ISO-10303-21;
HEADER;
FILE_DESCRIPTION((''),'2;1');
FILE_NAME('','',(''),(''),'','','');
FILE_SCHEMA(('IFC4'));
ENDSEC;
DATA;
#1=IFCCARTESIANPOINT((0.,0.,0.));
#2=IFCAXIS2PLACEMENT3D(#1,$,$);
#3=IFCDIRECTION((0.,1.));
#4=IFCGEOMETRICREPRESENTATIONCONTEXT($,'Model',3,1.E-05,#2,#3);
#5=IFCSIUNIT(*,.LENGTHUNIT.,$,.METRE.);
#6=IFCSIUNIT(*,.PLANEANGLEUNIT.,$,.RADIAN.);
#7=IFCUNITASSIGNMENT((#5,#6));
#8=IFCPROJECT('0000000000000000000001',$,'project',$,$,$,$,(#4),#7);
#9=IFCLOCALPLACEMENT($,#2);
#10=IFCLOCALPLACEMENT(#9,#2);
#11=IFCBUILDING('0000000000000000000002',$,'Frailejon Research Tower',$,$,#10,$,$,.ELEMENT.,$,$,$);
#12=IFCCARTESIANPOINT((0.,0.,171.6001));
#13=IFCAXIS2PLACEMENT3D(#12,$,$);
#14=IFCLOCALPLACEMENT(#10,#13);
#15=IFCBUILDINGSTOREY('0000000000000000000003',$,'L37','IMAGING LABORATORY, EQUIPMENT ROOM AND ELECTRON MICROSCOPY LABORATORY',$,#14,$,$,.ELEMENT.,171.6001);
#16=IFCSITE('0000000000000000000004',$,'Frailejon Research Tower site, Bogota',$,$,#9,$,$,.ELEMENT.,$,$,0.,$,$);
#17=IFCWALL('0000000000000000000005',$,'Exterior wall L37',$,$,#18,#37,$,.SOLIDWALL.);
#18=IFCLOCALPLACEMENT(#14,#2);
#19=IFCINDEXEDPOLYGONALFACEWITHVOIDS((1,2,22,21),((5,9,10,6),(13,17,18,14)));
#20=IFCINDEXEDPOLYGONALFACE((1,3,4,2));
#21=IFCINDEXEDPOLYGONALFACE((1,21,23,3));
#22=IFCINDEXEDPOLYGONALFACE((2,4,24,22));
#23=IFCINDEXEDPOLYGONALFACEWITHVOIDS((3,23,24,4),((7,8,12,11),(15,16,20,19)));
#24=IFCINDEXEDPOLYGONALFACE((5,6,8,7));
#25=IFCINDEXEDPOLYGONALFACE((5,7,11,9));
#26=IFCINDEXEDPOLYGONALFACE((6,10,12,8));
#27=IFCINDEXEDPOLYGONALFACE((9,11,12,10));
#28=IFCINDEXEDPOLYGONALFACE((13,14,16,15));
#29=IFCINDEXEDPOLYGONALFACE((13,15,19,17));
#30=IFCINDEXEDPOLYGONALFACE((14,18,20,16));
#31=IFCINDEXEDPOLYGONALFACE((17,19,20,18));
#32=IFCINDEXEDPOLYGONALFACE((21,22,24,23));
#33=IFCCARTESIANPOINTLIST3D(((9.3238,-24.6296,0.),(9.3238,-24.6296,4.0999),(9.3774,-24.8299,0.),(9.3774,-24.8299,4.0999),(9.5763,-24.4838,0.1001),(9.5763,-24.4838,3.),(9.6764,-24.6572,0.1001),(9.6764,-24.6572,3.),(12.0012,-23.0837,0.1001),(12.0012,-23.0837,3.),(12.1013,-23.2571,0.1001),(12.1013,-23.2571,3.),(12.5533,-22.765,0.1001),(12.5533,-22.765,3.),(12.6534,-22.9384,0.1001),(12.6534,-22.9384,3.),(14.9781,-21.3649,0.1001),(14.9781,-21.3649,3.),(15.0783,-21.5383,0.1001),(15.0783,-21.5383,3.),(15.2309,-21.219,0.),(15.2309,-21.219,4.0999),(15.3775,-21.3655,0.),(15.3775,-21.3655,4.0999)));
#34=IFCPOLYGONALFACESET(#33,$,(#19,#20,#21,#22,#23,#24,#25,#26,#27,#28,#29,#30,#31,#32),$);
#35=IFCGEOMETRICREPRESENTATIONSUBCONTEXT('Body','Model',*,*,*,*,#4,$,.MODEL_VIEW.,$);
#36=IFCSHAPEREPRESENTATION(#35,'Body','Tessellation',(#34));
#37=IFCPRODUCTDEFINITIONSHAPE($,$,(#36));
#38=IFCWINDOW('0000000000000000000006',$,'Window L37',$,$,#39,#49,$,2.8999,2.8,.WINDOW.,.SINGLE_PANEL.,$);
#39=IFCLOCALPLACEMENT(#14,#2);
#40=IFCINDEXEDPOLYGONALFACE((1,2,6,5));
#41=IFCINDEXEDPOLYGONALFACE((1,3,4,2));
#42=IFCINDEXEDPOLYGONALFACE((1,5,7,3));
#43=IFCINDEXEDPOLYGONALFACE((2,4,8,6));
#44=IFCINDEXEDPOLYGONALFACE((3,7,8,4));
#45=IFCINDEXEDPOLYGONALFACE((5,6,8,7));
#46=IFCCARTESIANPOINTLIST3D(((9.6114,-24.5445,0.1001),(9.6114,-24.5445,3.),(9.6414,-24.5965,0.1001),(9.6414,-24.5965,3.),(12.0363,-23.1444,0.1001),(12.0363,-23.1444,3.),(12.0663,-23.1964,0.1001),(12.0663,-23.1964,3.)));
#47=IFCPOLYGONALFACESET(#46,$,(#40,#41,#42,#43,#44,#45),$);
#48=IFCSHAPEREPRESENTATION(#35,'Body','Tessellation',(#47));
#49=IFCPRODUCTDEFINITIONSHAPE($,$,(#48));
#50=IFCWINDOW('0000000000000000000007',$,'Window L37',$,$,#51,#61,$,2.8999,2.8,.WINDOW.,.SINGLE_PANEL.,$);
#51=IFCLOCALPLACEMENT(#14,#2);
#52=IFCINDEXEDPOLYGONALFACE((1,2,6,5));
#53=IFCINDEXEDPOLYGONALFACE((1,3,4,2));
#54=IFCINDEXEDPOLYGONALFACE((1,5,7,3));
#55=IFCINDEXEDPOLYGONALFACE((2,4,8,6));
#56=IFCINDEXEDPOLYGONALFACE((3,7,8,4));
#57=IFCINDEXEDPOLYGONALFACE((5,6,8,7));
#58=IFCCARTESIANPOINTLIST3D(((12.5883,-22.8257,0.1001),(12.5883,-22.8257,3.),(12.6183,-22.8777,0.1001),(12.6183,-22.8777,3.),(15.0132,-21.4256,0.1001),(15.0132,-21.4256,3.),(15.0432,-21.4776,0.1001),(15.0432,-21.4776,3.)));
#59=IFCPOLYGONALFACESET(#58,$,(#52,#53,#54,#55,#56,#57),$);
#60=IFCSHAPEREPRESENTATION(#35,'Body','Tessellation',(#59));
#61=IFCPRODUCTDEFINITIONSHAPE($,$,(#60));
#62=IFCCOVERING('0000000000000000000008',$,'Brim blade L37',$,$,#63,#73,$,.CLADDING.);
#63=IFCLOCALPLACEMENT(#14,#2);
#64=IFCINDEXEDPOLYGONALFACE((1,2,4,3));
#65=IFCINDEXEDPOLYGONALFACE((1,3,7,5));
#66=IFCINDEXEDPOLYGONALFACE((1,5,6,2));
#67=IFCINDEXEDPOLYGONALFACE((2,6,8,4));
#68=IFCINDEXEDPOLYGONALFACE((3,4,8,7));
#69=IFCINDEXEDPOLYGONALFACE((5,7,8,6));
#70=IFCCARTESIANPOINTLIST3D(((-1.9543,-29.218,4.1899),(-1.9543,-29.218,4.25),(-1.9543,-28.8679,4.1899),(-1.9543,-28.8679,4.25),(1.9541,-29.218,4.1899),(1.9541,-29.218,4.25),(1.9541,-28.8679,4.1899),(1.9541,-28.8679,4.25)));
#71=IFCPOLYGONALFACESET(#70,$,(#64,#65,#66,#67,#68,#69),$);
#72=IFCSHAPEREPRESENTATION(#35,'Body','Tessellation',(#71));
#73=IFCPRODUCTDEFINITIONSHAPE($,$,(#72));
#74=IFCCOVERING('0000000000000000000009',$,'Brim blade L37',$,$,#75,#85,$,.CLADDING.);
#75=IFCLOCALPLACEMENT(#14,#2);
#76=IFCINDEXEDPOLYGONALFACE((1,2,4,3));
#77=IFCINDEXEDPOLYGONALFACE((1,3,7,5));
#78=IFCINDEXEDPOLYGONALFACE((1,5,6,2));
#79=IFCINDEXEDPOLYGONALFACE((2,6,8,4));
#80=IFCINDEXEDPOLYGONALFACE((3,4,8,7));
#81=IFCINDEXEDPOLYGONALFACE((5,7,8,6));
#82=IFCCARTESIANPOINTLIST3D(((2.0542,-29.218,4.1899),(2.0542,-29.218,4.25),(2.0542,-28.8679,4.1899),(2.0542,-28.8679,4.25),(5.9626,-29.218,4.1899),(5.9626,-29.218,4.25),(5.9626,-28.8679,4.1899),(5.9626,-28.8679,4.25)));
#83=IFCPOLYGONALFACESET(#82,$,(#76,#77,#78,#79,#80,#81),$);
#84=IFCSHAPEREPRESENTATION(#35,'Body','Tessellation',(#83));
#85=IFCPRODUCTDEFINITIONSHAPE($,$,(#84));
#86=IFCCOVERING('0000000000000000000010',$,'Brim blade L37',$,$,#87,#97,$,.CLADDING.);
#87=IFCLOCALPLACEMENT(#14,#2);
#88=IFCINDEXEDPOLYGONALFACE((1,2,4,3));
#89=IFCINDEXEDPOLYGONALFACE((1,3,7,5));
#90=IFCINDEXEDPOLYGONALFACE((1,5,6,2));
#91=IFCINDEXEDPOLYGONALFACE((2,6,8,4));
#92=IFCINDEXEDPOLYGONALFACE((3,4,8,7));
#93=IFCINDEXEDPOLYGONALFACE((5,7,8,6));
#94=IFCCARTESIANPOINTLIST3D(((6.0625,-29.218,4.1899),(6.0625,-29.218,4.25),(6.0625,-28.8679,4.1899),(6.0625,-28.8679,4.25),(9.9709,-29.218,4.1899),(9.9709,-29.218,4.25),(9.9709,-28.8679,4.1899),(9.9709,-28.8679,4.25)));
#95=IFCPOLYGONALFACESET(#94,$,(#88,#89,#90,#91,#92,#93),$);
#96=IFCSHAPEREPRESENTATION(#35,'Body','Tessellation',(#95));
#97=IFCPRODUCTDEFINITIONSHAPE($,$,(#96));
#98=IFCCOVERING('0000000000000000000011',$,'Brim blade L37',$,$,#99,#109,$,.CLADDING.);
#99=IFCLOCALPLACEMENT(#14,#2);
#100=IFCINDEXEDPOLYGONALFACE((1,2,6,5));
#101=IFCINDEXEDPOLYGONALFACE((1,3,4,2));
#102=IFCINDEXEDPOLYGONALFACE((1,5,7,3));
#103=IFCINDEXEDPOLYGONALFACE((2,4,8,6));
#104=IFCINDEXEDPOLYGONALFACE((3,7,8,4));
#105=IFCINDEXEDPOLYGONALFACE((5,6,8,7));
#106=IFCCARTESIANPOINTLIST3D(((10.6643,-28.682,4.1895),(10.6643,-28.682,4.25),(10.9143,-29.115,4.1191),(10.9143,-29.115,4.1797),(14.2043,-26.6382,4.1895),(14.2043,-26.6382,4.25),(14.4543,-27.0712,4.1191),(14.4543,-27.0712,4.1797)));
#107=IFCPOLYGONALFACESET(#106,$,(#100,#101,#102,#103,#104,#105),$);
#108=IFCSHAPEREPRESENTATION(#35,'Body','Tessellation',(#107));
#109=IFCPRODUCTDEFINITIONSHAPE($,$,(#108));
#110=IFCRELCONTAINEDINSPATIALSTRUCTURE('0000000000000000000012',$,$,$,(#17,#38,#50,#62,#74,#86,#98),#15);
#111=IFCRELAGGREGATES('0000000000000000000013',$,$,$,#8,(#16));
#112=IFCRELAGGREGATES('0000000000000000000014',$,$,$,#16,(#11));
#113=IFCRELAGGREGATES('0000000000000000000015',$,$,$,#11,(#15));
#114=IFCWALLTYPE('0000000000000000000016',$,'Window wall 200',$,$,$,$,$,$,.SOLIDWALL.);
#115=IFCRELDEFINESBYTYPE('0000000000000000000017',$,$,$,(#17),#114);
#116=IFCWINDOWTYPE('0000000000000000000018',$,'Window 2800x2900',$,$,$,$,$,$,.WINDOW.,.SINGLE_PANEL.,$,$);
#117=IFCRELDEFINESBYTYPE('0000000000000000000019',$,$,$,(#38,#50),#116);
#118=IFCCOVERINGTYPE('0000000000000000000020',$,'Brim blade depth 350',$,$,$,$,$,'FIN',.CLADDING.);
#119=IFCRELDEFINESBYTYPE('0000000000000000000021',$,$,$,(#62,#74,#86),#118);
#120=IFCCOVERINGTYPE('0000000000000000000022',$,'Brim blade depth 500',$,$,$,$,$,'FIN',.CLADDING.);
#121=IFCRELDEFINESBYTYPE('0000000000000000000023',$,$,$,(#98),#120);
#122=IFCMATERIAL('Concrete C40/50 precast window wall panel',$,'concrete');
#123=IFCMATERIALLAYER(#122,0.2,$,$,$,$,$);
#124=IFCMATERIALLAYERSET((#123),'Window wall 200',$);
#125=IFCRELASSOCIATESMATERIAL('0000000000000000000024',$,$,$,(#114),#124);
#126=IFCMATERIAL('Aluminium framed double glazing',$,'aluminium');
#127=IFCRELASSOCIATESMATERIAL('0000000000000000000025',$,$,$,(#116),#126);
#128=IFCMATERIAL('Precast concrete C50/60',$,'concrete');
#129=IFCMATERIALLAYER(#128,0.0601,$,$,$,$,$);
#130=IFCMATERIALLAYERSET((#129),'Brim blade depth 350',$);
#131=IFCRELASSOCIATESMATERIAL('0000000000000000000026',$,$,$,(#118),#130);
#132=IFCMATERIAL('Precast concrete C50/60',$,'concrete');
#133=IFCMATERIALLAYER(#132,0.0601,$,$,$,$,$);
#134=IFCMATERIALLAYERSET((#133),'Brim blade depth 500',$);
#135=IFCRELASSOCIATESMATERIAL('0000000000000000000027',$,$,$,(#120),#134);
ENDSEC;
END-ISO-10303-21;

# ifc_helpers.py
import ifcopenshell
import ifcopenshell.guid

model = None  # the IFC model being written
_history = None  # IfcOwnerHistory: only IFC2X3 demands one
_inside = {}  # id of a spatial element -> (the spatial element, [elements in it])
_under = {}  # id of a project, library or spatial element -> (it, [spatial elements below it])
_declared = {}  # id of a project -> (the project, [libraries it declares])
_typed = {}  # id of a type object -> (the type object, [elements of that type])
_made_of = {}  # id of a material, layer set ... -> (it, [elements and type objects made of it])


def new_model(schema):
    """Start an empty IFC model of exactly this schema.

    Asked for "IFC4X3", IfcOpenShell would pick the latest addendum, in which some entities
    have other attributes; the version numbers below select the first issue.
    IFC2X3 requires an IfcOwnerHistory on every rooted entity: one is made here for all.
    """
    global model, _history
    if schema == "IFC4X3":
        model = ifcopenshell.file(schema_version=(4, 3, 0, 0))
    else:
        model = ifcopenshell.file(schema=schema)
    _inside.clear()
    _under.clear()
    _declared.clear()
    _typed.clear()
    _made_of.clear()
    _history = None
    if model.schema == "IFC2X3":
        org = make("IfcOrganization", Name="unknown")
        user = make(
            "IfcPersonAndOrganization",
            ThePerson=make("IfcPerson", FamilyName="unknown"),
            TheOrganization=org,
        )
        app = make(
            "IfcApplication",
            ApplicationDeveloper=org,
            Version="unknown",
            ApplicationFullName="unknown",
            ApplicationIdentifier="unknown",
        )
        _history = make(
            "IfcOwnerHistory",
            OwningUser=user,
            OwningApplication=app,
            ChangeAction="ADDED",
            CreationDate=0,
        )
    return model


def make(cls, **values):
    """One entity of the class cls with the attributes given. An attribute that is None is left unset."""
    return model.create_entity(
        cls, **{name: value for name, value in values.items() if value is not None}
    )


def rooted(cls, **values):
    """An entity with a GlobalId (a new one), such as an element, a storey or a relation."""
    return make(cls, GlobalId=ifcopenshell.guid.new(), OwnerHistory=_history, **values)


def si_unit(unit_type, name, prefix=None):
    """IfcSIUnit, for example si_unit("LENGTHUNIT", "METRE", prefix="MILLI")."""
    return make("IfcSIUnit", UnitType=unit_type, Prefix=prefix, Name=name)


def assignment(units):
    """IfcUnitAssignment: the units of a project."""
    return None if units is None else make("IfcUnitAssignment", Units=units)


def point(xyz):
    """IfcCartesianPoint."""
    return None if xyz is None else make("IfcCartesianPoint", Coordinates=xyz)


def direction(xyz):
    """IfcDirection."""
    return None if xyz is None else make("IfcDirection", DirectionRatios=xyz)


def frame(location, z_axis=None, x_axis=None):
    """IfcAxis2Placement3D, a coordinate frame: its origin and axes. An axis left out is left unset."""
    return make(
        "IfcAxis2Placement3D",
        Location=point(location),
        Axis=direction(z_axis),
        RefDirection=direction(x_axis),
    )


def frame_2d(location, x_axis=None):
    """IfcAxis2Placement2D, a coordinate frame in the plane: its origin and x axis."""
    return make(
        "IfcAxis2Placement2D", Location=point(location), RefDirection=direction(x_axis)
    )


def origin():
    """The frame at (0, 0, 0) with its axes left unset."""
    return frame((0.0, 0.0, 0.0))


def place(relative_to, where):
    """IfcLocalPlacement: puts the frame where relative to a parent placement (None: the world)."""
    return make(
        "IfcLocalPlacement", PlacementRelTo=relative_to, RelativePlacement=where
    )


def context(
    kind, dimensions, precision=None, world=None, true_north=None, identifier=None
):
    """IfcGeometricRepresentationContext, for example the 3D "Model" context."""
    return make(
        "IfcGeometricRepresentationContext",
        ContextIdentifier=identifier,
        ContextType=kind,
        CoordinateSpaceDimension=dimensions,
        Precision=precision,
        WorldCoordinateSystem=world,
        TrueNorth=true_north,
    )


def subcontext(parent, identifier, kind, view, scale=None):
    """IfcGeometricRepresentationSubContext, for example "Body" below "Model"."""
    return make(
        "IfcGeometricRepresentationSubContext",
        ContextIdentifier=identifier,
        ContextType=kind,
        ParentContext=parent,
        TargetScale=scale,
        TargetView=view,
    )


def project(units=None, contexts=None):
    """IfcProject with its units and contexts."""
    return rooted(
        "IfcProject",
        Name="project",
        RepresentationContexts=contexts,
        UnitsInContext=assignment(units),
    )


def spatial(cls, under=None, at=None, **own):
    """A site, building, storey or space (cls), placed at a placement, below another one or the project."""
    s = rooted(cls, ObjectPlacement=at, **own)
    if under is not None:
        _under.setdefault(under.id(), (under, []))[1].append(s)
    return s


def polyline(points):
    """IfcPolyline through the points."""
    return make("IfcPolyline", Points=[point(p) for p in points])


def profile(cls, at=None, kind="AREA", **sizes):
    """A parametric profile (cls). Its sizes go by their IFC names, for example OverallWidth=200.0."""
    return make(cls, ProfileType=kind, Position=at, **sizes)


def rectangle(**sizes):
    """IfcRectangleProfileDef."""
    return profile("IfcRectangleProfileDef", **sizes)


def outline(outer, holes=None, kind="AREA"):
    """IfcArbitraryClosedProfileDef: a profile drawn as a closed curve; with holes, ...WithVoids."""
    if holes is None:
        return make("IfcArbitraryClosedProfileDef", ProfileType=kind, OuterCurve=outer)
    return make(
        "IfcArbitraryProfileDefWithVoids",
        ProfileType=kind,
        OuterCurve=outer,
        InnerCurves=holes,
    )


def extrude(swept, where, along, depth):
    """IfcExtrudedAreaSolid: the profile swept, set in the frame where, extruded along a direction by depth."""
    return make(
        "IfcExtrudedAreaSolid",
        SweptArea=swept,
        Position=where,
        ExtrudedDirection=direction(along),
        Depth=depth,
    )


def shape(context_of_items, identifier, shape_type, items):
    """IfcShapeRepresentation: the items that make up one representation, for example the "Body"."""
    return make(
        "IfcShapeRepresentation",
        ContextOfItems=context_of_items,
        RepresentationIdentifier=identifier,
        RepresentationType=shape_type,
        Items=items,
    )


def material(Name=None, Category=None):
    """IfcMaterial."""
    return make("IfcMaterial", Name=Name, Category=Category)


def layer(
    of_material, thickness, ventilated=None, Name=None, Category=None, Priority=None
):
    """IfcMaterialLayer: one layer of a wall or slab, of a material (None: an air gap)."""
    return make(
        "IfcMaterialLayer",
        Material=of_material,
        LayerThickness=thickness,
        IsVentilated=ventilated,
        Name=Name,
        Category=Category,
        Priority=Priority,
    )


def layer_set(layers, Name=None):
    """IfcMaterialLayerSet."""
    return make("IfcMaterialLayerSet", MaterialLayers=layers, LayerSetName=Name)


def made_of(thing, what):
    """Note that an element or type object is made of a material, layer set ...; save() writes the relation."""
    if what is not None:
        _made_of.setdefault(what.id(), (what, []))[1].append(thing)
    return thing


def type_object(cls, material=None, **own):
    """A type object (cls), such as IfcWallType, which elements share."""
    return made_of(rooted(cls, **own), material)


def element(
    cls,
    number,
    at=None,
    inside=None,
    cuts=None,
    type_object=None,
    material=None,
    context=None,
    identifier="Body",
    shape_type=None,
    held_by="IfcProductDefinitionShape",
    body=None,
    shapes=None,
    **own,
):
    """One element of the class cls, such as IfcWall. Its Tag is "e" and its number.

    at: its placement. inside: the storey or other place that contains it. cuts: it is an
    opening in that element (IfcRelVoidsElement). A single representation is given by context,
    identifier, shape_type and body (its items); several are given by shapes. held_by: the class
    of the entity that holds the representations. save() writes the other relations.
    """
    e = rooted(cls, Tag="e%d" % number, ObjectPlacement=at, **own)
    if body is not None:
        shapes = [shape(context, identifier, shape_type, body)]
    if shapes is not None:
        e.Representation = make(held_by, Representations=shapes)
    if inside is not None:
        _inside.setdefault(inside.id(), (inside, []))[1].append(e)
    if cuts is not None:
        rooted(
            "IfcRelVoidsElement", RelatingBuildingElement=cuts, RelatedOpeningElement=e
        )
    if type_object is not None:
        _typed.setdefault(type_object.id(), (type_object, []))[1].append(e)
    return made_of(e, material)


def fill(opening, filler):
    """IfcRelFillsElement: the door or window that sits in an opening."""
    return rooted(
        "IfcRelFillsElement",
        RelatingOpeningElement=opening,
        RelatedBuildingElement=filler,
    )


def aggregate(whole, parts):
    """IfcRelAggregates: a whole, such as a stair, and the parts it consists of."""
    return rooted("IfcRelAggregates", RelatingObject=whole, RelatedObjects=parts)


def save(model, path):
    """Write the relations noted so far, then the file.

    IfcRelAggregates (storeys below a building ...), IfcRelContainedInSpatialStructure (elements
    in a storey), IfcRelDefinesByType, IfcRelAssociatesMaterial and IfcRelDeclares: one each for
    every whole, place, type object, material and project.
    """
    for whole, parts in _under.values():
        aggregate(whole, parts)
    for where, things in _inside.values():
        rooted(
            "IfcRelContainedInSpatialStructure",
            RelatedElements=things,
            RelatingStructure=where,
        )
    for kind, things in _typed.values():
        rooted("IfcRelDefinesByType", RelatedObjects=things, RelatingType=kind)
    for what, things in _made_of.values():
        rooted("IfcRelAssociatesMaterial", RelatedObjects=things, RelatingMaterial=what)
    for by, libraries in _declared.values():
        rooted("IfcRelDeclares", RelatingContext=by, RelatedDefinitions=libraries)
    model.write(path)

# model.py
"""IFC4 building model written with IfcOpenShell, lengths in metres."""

from ifc_helpers import new_model, si_unit, direction, frame, frame_2d, origin, place, context, subcontext, project, spatial, polyline, rectangle, outline, extrude, material, layer, layer_set, type_object, element, fill, save


model = new_model("IFC4")

# Units and contexts
model_context = context("Model", 3, precision=1e-05, world=origin(), true_north=direction((0.0, 1.0)))
body_context = subcontext(model_context, "Body", "Model", "MODEL_VIEW")
ifc_project = project(units=[si_unit("LENGTHUNIT", "METRE"), si_unit("PLANEANGLEUNIT", "RADIAN")], contexts=[model_context])

# Site, building, storey
site_placement = place(None, origin())
site = spatial("IfcSite", under=ifc_project, at=site_placement, Name="Frailejon Research Tower site, Bogota", CompositionType="ELEMENT", RefElevation=0.0)
building_placement = place(site_placement, origin())
building = spatial("IfcBuilding", under=site, at=building_placement, Name="Frailejon Research Tower", CompositionType="ELEMENT")
storey_placement = place(building_placement, frame((0.0, 0.0, 171.6001)))
storey = spatial("IfcBuildingStorey", under=building, at=storey_placement, Name="L37", Description="IMAGING LABORATORY, EQUIPMENT ROOM AND ELECTRON MICROSCOPY LABORATORY", CompositionType="ELEMENT", Elevation=171.6001)

# Wall, openings, windows
ifc_material_1 = material(Name="Concrete C40/50 precast window wall panel", Category="concrete")
ifc_layer_1 = layer(ifc_material_1, 0.2)
ifc_layer_set_1 = layer_set([ifc_layer_1], Name="Window wall 200")
wall_type_1 = type_object("IfcWallType", Name="Window wall 200", PredefinedType="SOLIDWALL", material=ifc_layer_set_1)
wall_1_placement = place(storey_placement, frame((9.3506, -24.7297, 0.0), z_axis=(0.0, 0.0, 1.0), x_axis=(0.866014, 0.50002, 0.0)))
wall_1 = element("IfcWall", 1, at=wall_1_placement, inside=storey, type_object=wall_type_1, Name="Exterior wall L37", PredefinedType="SOLIDWALL", context=body_context, shape_type="SweptSolid", body=[
    extrude(outline(polyline([(-0.0269, -0.1001), (1.1279, -0.1001), (2.2827, -0.1001), (3.4375, -0.1001), (4.592, -0.1001), (5.7468, -0.1001), (6.9016, -0.1001), (6.8479, 0.1001), (5.7109, 0.1001), (4.5742, 0.1001), (3.4375, 0.1001), (2.3005, 0.1001), (1.1636, 0.1001), (0.0269, 0.1001), (-0.0269, -0.1001)])), origin(), (0.0, 0.0, 1.0), 4.0999),
])
opening_1_placement = place(wall_1_placement, frame((0.3186, 0.0, 0.1001)))
opening_1 = element("IfcOpeningElement", 2, at=opening_1_placement, cuts=wall_1, PredefinedType="OPENING", context=body_context, shape_type="SweptSolid", body=[
    extrude(rectangle(XDim=2.8, YDim=2.8999, at=frame_2d((1.3999, 1.45))), frame((0.0, 0.1099, 0.0), z_axis=(0.0, -1.0, 0.0), x_axis=(1.0, 0.0, 0.0)), (0.0, 0.0, 1.0), 0.22),
])
opening_2_placement = place(wall_1_placement, frame((3.7561, 0.0, 0.1001)))
opening_2 = element("IfcOpeningElement", 3, at=opening_2_placement, cuts=wall_1, PredefinedType="OPENING", context=body_context, shape_type="SweptSolid", body=[
    extrude(rectangle(XDim=2.8, YDim=2.8999, at=frame_2d((1.3999, 1.45))), frame((0.0, 0.1099, 0.0), z_axis=(0.0, -1.0, 0.0), x_axis=(1.0, 0.0, 0.0)), (0.0, 0.0, 1.0), 0.22),
])
ifc_material_2 = material(Name="Aluminium framed double glazing", Category="aluminium")
window_type = type_object("IfcWindowType", Name="Window 2800x2900", PartitioningType="SINGLE_PANEL", PredefinedType="WINDOW", material=ifc_material_2)
window_1_placement = place(opening_1_placement, origin())
window_1 = element("IfcWindow", 4, at=window_1_placement, inside=storey, type_object=window_type, Name="Window L37", OverallHeight=2.8999, OverallWidth=2.8, PartitioningType="SINGLE_PANEL", PredefinedType="WINDOW", context=body_context, shape_type="SweptSolid", body=[
    extrude(rectangle(XDim=2.8, YDim=2.8999, at=frame_2d((1.3999, 1.45))), frame((0.0, 0.03, 0.0), z_axis=(0.0, -1.0, 0.0), x_axis=(1.0, 0.0, 0.0)), (0.0, 0.0, 1.0), 0.0601),
])
fill(opening_1, window_1)
window_2_placement = place(opening_2_placement, origin())
window_2 = element("IfcWindow", 5, at=window_2_placement, inside=storey, type_object=window_type, Name="Window L37", OverallHeight=2.8999, OverallWidth=2.8, PartitioningType="SINGLE_PANEL", PredefinedType="WINDOW", context=body_context, shape_type="SweptSolid", body=[
    extrude(rectangle(XDim=2.8, YDim=2.8999, at=frame_2d((1.3999, 1.45))), frame((0.0, 0.03, 0.0), z_axis=(0.0, -1.0, 0.0), x_axis=(1.0, 0.0, 0.0)), (0.0, 0.0, 1.0), 0.0601),
])
fill(opening_2, window_2)

# Coverings
ifc_material_3 = material(Name="Precast concrete C50/60", Category="concrete")
ifc_layer_2 = layer(ifc_material_3, 0.0601)
ifc_layer_set_2 = layer_set([ifc_layer_2], Name="Brim blade depth 350")
covering_type_1 = type_object("IfcCoveringType", Name="Brim blade depth 350", ElementType="FIN", PredefinedType="CLADDING", material=ifc_layer_set_2)
for number, where, z_axis, x_axis, name in (
    (6, (1.9541, -28.8679, 4.25), (-1.0, 0.0, 0.0), (0.0, -1.0, 0.0), "Brim blade L37"),
    (7, (5.9626, -28.8679, 4.25), (-1.0, 0.0, 0.0), (0.0, -1.0, 0.0), "Brim blade L37"),
    (8, (9.9709, -28.8679, 4.25), (-1.0, 0.0, 0.0), (0.0, -1.0, 0.0), "Brim blade L37"),
):
    element("IfcCovering", number, at=place(storey_placement, frame(where, z_axis=z_axis, x_axis=x_axis)), inside=storey, type_object=covering_type_1, Name=name, PredefinedType="CLADDING", context=body_context, shape_type="SweptSolid", body=[
        extrude(outline(polyline([(0.0, -0.0601), (0.3501, -0.0601), (0.3501, 0.0), (0.0, 0.0), (0.0, -0.0601)])), origin(), (0.0, 0.0, 1.0), 3.9084),
    ])
ifc_material_4 = material(Name="Precast concrete C50/60", Category="concrete")
ifc_layer_3 = layer(ifc_material_4, 0.0601)
ifc_layer_set_3 = layer_set([ifc_layer_3], Name="Brim blade depth 500")
covering_type_2 = type_object("IfcCoveringType", Name="Brim blade depth 500", ElementType="FIN", PredefinedType="CLADDING", material=ifc_layer_set_3)
covering_placement = place(storey_placement, frame((14.2043, -26.6382, 4.25), z_axis=(-0.866027, -0.499997, 0.0), x_axis=(0.499997, -0.866027, 0.0)))
element("IfcCovering", 9, at=covering_placement, inside=storey, type_object=covering_type_2, Name="Brim blade L37", PredefinedType="CLADDING", context=body_context, shape_type="SweptSolid", body=[
    extrude(outline(polyline([(0.0, -0.0605), (0.5, -0.1309), (0.5, -0.0703), (0.0, 0.0), (0.0, -0.0605)])), origin(), (0.0, 0.0, 1.0), 4.0876),
])

save(model, "model.ifc")
